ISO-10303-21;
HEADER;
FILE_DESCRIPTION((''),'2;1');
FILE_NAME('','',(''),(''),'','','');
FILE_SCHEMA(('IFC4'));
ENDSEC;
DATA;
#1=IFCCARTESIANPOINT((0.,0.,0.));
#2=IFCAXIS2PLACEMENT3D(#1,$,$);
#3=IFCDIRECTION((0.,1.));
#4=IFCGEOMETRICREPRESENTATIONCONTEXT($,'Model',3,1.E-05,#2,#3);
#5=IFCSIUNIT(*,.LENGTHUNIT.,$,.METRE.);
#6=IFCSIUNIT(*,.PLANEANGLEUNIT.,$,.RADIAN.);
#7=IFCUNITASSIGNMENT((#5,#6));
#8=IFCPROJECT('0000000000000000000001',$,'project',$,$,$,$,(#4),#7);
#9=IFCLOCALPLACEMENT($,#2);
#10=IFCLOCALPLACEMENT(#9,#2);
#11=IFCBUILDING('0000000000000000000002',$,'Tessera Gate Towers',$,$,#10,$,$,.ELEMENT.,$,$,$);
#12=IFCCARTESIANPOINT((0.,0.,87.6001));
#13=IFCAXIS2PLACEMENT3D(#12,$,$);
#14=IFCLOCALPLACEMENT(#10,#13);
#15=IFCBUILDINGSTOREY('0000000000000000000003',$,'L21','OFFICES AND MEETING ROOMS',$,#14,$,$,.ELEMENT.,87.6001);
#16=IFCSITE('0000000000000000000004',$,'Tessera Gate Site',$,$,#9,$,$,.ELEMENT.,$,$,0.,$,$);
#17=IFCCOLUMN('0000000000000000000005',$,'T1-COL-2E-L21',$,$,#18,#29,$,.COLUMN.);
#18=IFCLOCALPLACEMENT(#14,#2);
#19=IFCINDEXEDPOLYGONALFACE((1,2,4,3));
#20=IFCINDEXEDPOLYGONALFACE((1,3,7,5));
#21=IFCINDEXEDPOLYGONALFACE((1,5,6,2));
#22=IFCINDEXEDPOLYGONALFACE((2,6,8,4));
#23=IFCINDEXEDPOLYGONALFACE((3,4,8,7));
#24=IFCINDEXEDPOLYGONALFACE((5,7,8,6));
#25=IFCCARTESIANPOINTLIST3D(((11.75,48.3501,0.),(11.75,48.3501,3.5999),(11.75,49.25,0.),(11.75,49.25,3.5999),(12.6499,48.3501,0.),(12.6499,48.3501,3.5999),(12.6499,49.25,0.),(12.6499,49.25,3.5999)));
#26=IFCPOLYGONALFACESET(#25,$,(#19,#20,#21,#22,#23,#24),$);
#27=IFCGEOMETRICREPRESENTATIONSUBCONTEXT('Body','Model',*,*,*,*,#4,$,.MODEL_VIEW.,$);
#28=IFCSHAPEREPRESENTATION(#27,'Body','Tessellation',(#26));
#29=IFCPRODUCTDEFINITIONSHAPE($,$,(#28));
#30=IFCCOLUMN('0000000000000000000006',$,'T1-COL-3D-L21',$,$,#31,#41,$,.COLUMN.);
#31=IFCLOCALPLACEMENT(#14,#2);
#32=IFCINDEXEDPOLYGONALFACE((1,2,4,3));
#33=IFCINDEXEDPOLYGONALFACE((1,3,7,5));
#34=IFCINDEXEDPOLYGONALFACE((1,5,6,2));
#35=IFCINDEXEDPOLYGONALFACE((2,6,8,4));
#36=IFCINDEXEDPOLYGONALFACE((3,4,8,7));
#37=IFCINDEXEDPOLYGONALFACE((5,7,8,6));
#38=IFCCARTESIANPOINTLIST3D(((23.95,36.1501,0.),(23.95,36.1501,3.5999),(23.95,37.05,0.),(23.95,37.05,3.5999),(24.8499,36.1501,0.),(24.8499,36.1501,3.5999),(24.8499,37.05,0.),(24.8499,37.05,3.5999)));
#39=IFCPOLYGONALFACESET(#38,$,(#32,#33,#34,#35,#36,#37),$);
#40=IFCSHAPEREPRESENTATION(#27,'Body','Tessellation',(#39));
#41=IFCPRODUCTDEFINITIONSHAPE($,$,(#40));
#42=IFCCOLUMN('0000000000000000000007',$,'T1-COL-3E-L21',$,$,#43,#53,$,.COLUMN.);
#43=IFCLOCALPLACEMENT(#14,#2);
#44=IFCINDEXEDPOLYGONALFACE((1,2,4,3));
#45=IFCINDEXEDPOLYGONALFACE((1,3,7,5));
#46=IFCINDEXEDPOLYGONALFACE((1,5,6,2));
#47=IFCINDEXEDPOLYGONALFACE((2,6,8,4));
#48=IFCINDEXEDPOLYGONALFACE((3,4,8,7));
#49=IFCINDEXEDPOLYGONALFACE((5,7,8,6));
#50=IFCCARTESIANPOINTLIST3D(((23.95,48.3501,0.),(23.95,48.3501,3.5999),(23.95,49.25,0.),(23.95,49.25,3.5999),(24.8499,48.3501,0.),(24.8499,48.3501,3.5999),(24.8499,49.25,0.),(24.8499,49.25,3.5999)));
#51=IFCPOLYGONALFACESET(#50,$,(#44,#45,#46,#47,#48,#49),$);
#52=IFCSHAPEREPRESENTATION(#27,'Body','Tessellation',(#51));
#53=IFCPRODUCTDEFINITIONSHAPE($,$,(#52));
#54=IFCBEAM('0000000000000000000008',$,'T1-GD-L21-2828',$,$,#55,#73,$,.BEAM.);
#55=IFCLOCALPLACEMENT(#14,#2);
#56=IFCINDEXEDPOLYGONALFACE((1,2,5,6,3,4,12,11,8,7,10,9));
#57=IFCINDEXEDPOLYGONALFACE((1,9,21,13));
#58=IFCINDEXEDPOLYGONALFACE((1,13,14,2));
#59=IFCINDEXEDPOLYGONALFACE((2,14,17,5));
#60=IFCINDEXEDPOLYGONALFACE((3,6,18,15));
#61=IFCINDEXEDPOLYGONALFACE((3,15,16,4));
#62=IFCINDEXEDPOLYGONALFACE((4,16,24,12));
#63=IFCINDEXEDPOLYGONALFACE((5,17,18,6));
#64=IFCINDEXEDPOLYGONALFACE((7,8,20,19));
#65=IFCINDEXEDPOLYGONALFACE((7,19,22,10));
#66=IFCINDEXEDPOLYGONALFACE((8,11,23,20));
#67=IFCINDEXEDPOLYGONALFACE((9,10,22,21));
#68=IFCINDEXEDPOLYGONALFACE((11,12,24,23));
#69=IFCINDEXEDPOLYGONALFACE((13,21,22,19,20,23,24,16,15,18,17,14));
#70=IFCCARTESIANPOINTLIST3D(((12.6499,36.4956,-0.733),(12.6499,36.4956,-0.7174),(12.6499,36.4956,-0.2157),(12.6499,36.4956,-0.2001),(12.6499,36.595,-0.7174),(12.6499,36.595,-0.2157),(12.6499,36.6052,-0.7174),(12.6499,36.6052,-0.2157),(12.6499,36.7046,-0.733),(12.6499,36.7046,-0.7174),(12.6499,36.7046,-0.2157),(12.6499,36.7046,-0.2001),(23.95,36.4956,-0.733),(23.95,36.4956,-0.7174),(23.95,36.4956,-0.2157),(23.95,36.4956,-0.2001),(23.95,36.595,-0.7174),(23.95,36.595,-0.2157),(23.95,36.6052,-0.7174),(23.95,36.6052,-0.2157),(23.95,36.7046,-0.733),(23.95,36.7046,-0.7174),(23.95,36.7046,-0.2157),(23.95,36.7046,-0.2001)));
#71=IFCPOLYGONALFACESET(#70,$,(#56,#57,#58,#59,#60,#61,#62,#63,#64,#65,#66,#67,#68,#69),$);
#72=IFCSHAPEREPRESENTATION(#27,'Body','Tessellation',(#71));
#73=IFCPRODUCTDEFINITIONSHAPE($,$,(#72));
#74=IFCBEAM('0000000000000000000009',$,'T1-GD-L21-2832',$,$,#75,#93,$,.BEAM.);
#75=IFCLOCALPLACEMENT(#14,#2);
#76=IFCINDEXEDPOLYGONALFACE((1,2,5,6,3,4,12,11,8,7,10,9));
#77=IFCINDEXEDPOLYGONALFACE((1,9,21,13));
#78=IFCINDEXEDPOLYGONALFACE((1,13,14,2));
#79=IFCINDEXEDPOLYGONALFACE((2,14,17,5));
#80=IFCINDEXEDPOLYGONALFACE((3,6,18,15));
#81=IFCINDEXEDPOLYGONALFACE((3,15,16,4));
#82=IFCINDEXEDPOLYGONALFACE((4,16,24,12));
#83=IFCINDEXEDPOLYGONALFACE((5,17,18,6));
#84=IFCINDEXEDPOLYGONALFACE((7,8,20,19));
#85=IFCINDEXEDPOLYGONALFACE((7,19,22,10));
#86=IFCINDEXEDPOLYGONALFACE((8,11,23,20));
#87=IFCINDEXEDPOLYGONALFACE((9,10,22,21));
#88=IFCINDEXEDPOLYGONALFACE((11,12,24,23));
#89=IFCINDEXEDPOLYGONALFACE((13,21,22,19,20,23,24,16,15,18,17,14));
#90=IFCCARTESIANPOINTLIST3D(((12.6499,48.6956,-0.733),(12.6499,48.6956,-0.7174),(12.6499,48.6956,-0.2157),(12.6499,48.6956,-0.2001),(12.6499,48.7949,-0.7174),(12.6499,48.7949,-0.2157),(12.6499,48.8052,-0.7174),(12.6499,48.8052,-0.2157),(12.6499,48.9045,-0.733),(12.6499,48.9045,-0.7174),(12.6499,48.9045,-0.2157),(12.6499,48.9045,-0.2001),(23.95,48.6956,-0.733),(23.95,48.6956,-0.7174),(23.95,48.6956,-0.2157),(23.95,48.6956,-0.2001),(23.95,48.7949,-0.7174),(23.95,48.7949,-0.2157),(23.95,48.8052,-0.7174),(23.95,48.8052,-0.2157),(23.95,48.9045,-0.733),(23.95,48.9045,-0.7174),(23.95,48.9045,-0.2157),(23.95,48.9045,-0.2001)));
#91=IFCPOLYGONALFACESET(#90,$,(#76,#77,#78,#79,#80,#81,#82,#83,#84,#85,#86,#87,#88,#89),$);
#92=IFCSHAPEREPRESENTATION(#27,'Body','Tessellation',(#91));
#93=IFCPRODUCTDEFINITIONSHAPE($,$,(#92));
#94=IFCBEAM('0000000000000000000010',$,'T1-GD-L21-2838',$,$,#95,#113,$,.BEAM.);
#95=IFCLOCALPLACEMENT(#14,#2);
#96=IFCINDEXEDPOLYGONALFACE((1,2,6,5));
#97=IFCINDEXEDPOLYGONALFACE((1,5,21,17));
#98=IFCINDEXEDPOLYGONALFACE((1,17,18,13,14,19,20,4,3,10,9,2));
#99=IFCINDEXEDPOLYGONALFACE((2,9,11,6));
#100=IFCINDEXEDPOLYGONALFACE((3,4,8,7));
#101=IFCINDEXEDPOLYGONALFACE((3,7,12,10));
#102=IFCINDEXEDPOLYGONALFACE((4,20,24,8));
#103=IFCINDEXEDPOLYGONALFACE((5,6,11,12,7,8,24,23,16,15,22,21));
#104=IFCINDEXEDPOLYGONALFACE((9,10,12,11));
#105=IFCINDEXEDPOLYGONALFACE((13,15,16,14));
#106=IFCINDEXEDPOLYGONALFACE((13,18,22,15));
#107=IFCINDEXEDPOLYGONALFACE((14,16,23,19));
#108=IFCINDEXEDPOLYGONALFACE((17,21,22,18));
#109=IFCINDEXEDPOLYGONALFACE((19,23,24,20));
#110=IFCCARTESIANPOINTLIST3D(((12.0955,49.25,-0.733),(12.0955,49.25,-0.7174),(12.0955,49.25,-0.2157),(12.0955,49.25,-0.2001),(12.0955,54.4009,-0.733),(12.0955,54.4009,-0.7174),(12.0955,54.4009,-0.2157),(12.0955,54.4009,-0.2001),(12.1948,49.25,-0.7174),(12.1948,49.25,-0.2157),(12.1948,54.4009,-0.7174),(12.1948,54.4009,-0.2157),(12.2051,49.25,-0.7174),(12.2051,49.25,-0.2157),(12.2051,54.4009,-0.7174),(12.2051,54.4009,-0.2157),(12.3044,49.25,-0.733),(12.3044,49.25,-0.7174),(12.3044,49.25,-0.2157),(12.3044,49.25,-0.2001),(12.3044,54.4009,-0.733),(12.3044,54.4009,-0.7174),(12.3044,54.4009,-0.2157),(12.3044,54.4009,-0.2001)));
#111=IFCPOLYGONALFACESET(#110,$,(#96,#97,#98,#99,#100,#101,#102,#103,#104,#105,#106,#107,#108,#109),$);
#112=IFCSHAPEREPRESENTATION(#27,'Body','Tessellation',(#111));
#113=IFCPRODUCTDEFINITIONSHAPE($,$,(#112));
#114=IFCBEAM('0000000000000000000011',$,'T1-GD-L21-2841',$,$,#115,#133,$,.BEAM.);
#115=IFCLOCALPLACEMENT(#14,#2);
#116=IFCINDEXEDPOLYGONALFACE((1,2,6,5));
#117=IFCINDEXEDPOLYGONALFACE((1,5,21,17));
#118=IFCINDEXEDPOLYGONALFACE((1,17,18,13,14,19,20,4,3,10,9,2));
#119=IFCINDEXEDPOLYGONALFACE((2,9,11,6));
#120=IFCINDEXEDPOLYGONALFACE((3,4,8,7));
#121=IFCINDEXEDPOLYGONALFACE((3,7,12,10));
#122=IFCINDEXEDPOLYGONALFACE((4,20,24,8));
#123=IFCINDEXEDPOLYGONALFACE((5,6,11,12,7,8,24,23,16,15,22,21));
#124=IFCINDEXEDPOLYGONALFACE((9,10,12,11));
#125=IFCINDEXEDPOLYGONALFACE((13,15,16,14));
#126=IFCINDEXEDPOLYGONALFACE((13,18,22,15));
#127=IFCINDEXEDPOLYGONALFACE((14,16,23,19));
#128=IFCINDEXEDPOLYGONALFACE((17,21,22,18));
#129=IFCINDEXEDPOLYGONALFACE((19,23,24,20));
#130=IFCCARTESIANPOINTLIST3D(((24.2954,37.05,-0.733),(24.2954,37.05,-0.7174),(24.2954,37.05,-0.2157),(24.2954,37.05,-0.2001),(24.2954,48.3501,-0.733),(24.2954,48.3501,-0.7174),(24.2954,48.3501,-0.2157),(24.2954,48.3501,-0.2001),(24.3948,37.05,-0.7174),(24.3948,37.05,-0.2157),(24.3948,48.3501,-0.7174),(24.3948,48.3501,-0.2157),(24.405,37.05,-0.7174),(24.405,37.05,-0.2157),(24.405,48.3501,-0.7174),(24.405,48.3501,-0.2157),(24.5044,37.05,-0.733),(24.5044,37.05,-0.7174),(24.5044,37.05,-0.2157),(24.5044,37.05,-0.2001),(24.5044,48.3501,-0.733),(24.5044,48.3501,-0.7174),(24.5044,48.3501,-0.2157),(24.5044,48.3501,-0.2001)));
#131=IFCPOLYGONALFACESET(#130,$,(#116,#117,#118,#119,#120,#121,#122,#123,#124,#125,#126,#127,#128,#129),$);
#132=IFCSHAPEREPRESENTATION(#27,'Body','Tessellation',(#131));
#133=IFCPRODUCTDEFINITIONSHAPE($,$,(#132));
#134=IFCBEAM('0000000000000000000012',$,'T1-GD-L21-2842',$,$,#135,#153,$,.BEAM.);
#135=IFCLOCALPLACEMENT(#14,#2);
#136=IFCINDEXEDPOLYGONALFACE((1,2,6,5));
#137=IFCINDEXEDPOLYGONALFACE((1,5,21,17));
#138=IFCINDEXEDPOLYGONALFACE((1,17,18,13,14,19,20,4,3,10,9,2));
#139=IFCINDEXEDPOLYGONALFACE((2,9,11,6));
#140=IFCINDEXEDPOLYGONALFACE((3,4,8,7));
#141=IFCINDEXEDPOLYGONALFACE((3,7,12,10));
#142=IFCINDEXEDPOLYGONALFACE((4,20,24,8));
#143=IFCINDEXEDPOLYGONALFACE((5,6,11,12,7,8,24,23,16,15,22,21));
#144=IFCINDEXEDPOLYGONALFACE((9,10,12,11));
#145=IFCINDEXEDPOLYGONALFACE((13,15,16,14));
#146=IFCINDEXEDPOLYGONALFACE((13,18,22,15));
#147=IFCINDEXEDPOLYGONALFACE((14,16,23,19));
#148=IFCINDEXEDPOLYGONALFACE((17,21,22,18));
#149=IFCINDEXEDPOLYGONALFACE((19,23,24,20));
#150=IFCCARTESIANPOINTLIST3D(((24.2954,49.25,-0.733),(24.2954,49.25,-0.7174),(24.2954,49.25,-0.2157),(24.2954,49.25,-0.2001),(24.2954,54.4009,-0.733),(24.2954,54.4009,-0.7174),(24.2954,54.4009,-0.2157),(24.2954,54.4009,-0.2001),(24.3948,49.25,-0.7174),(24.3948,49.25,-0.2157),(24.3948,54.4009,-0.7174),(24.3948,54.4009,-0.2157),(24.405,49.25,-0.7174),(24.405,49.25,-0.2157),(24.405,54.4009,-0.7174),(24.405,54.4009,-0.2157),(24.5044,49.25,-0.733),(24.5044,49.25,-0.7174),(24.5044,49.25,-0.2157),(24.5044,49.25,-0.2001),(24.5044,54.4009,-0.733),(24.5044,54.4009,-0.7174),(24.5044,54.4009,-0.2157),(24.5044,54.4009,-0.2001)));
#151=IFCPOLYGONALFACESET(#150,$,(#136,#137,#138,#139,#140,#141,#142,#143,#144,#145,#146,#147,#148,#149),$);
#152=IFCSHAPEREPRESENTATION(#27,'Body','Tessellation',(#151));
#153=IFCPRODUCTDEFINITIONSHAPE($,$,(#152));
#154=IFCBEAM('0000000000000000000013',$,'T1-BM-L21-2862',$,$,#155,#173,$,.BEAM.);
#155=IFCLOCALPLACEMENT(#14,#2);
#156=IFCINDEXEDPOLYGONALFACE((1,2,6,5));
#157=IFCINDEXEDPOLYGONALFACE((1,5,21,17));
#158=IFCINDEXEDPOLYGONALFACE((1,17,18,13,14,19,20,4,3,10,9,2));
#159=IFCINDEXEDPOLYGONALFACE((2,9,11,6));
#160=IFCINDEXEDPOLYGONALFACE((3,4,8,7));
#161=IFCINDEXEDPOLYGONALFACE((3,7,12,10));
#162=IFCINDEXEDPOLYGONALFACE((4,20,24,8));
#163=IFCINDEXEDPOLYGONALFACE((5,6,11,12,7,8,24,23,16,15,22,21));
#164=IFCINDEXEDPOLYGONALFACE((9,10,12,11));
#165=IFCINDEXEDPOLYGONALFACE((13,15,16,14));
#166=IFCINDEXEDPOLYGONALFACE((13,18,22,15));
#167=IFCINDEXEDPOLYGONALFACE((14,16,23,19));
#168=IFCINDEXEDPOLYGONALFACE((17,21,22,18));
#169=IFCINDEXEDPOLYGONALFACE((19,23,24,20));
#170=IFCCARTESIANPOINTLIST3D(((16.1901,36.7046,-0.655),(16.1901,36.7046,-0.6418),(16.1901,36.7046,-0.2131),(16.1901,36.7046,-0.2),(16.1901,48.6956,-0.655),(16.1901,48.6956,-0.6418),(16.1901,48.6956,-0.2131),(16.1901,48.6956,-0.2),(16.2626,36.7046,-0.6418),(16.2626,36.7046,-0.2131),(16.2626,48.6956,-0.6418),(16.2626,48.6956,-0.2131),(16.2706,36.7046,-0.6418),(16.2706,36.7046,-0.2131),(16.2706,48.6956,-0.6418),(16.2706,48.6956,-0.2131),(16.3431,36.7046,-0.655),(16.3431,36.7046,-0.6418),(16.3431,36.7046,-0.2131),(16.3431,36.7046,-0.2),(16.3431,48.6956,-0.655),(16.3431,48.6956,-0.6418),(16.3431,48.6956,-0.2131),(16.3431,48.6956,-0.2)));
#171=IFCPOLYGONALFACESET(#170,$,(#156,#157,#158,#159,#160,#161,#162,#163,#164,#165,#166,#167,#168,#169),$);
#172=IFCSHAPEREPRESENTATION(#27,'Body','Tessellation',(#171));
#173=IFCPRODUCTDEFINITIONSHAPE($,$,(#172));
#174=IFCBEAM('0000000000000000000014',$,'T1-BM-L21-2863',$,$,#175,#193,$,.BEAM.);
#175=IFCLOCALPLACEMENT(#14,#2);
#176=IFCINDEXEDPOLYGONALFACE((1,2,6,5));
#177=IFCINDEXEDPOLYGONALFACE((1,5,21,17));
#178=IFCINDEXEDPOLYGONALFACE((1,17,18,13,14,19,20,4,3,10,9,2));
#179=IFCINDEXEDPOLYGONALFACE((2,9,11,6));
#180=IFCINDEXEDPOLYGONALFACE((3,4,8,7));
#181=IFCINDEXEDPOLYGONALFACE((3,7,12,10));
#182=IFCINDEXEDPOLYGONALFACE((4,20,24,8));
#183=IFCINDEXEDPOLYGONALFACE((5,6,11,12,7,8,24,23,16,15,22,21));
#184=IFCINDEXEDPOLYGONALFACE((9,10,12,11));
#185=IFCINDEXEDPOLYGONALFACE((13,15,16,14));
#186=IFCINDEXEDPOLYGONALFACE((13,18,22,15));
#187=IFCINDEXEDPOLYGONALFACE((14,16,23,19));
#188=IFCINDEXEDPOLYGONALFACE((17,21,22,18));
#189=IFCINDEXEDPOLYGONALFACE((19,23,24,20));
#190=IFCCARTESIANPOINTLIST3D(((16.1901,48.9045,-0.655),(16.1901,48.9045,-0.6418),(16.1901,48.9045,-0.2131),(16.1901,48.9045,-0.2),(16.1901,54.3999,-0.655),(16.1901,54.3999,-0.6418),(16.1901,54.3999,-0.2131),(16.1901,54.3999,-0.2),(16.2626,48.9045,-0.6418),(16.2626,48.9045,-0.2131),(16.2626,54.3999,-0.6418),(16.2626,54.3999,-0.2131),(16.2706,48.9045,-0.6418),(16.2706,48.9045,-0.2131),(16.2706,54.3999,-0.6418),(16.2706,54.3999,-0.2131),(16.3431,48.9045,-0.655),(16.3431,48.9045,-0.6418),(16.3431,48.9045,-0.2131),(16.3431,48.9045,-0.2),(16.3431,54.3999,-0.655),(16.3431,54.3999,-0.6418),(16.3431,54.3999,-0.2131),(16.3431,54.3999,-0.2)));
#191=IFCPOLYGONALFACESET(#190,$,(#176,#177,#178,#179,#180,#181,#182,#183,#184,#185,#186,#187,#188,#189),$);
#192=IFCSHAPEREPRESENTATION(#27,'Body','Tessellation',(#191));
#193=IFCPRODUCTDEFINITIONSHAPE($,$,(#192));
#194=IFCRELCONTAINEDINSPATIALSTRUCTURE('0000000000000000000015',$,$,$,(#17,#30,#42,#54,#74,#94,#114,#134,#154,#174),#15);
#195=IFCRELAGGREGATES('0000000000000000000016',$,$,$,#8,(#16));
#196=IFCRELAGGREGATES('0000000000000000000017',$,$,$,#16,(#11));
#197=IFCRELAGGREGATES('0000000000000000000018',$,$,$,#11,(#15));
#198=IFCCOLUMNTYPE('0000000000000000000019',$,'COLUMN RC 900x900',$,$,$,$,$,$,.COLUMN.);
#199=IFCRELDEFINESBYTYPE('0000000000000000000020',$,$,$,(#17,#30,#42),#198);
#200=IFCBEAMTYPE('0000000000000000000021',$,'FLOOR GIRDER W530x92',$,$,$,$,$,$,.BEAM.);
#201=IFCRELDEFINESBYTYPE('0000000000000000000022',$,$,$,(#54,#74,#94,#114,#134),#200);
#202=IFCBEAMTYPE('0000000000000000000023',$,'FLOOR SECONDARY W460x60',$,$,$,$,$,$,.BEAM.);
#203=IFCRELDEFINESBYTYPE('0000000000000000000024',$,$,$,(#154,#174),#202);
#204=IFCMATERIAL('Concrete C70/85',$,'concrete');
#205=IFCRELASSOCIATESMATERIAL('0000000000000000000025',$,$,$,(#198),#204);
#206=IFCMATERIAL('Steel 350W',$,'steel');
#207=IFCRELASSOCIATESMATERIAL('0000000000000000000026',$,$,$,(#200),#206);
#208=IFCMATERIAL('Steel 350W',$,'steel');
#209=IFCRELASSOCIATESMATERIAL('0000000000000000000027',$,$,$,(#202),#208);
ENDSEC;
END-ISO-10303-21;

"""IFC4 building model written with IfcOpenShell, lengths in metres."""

from ifc_helpers import new_model, si_unit, direction, frame, origin, origin_2d, place, context, subcontext, project, spatial, rectangle, i_section, extrude, material, material_profile, profile_set, type_object, element, save


model = new_model("IFC4")

# Units and contexts
model_context = context("Model", 3, precision=1e-05, world=origin(), true_north=direction((0.0, 1.0)))
body_context = subcontext(model_context, "Body", "Model", "MODEL_VIEW")
ifc_project = project(units=[si_unit("LENGTHUNIT", "METRE"), si_unit("PLANEANGLEUNIT", "RADIAN")], contexts=[model_context])

# Site, building, storey
site_placement = place(None, origin())
site = spatial("IfcSite", under=ifc_project, at=site_placement, Name="Tessera Gate Site", CompositionType="ELEMENT", RefElevation=0.0)
building_placement = place(site_placement, origin())
building = spatial("IfcBuilding", under=site, at=building_placement, Name="Tessera Gate Towers", CompositionType="ELEMENT")
storey_placement = place(building_placement, frame((0.0, 0.0, 87.6001)))
storey = spatial("IfcBuildingStorey", under=building, at=storey_placement, Name="L21", Description="OFFICES AND MEETING ROOMS", CompositionType="ELEMENT", Elevation=87.6001)

# Columns
ifc_material_1 = material(Name="Concrete C70/85", Category="concrete")
ifc_material_profile_1 = material_profile(ifc_material_1, rectangle(XDim=0.8999, YDim=0.8999, at=origin_2d()), Name="RC 900x900")
ifc_profile_set_1 = profile_set([ifc_material_profile_1], Name="Concrete C70/85")
column_type = type_object("IfcColumnType", Name="COLUMN RC 900x900", PredefinedType="COLUMN", material=ifc_profile_set_1)
for number, where, z_axis, x_axis, name in (
    (1, (12.2, 48.8, 0.0), (0.0, 0.0, 1.0), (1.0, 0.0, 0.0), "T1-COL-2E-L21"),
    (2, (24.3999, 36.6001, 0.0), (0.0, 0.0, 1.0), (1.0, 0.0, 0.0), "T1-COL-3D-L21"),
    (3, (24.3999, 48.8, 0.0), (0.0, 0.0, 1.0), (1.0, 0.0, 0.0), "T1-COL-3E-L21"),
):
    element("IfcColumn", number, at=place(storey_placement, frame(where, z_axis=z_axis, x_axis=x_axis)), inside=storey, type_object=column_type, Name=name, PredefinedType="COLUMN", context=body_context, shape_type="SweptSolid", body=[
        extrude(rectangle(XDim=0.8999, YDim=0.8999, at=origin_2d()), origin(), (0.0, 0.0, 1.0), 3.5999),
    ])

# Beams
ifc_material_2 = material(Name="Steel 350W", Category="steel")
ifc_material_profile_2 = material_profile(ifc_material_2, i_section(OverallWidth=0.209, OverallDepth=0.533, WebThickness=0.0103, FlangeThickness=0.0156, at=origin_2d()), Name="W530x92")
ifc_profile_set_2 = profile_set([ifc_material_profile_2], Name="Steel 350W")
beam_type_1 = type_object("IfcBeamType", Name="FLOOR GIRDER W530x92", PredefinedType="BEAM", material=ifc_profile_set_2)
for number, where, z_axis, x_axis, name in (
    (4, (12.6499, 36.6001, -0.4666), (1.0, 0.0, 0.0), (0.0, 1.0, 0.0), "T1-GD-L21-2828"),
    (5, (12.6499, 48.8, -0.4666), (1.0, 0.0, 0.0), (0.0, 1.0, 0.0), "T1-GD-L21-2832"),
):
    element("IfcBeam", number, at=place(storey_placement, frame(where, z_axis=z_axis, x_axis=x_axis)), inside=storey, type_object=beam_type_1, Name=name, PredefinedType="BEAM", context=body_context, shape_type="SweptSolid", body=[
        extrude(i_section(OverallWidth=0.209, OverallDepth=0.533, WebThickness=0.0103, FlangeThickness=0.0156, at=origin_2d()), origin(), (0.0, 0.0, 1.0), 11.3),
    ])
beam_1_placement = place(storey_placement, frame((12.2, 49.25, -0.4666), z_axis=(0.0, 1.0, 0.0), x_axis=(-1.0, 0.0, 0.0)))
element("IfcBeam", 6, at=beam_1_placement, inside=storey, type_object=beam_type_1, Name="T1-GD-L21-2838", PredefinedType="BEAM", context=body_context, shape_type="SweptSolid", body=[
    extrude(i_section(OverallWidth=0.209, OverallDepth=0.533, WebThickness=0.0103, FlangeThickness=0.0156, at=origin_2d()), origin(), (0.0, 0.0, 1.0), 5.1509),
])
beam_2_placement = place(storey_placement, frame((24.3999, 37.05, -0.4666), z_axis=(0.0, 1.0, 0.0), x_axis=(-1.0, 0.0, 0.0)))
element("IfcBeam", 7, at=beam_2_placement, inside=storey, type_object=beam_type_1, Name="T1-GD-L21-2841", PredefinedType="BEAM", context=body_context, shape_type="SweptSolid", body=[
    extrude(i_section(OverallWidth=0.209, OverallDepth=0.533, WebThickness=0.0103, FlangeThickness=0.0156, at=origin_2d()), origin(), (0.0, 0.0, 1.0), 11.3),
])
beam_3_placement = place(storey_placement, frame((24.3999, 49.25, -0.4666), z_axis=(0.0, 1.0, 0.0), x_axis=(-1.0, 0.0, 0.0)))
element("IfcBeam", 8, at=beam_3_placement, inside=storey, type_object=beam_type_1, Name="T1-GD-L21-2842", PredefinedType="BEAM", context=body_context, shape_type="SweptSolid", body=[
    extrude(i_section(OverallWidth=0.209, OverallDepth=0.533, WebThickness=0.0103, FlangeThickness=0.0156, at=origin_2d()), origin(), (0.0, 0.0, 1.0), 5.1509),
])
ifc_material_3 = material(Name="Steel 350W", Category="steel")
ifc_material_profile_3 = material_profile(ifc_material_3, i_section(OverallWidth=0.1531, OverallDepth=0.4551, WebThickness=0.0081, FlangeThickness=0.0132, at=origin_2d()), Name="W460x60")
ifc_profile_set_3 = profile_set([ifc_material_profile_3], Name="Steel 350W")
beam_type_2 = type_object("IfcBeamType", Name="FLOOR SECONDARY W460x60", PredefinedType="BEAM", material=ifc_profile_set_3)
beam_4_placement = place(storey_placement, frame((16.2666, 36.7046, -0.4275), z_axis=(0.0, 1.0, 0.0), x_axis=(-1.0, 0.0, 0.0)))
element("IfcBeam", 9, at=beam_4_placement, inside=storey, type_object=beam_type_2, Name="T1-BM-L21-2862", PredefinedType="BEAM", context=body_context, shape_type="SweptSolid", body=[
    extrude(i_section(OverallWidth=0.1531, OverallDepth=0.4551, WebThickness=0.0081, FlangeThickness=0.0132, at=origin_2d()), origin(), (0.0, 0.0, 1.0), 11.991),
])
beam_5_placement = place(storey_placement, frame((16.2666, 48.9045, -0.4275), z_axis=(0.0, 1.0, 0.0), x_axis=(-1.0, 0.0, 0.0)))
element("IfcBeam", 10, at=beam_5_placement, inside=storey, type_object=beam_type_2, Name="T1-BM-L21-2863", PredefinedType="BEAM", context=body_context, shape_type="SweptSolid", body=[
    extrude(i_section(OverallWidth=0.1531, OverallDepth=0.4551, WebThickness=0.0081, FlangeThickness=0.0132, at=origin_2d()), origin(), (0.0, 0.0, 1.0), 5.4954),
])

save(model, "model.ifc")
